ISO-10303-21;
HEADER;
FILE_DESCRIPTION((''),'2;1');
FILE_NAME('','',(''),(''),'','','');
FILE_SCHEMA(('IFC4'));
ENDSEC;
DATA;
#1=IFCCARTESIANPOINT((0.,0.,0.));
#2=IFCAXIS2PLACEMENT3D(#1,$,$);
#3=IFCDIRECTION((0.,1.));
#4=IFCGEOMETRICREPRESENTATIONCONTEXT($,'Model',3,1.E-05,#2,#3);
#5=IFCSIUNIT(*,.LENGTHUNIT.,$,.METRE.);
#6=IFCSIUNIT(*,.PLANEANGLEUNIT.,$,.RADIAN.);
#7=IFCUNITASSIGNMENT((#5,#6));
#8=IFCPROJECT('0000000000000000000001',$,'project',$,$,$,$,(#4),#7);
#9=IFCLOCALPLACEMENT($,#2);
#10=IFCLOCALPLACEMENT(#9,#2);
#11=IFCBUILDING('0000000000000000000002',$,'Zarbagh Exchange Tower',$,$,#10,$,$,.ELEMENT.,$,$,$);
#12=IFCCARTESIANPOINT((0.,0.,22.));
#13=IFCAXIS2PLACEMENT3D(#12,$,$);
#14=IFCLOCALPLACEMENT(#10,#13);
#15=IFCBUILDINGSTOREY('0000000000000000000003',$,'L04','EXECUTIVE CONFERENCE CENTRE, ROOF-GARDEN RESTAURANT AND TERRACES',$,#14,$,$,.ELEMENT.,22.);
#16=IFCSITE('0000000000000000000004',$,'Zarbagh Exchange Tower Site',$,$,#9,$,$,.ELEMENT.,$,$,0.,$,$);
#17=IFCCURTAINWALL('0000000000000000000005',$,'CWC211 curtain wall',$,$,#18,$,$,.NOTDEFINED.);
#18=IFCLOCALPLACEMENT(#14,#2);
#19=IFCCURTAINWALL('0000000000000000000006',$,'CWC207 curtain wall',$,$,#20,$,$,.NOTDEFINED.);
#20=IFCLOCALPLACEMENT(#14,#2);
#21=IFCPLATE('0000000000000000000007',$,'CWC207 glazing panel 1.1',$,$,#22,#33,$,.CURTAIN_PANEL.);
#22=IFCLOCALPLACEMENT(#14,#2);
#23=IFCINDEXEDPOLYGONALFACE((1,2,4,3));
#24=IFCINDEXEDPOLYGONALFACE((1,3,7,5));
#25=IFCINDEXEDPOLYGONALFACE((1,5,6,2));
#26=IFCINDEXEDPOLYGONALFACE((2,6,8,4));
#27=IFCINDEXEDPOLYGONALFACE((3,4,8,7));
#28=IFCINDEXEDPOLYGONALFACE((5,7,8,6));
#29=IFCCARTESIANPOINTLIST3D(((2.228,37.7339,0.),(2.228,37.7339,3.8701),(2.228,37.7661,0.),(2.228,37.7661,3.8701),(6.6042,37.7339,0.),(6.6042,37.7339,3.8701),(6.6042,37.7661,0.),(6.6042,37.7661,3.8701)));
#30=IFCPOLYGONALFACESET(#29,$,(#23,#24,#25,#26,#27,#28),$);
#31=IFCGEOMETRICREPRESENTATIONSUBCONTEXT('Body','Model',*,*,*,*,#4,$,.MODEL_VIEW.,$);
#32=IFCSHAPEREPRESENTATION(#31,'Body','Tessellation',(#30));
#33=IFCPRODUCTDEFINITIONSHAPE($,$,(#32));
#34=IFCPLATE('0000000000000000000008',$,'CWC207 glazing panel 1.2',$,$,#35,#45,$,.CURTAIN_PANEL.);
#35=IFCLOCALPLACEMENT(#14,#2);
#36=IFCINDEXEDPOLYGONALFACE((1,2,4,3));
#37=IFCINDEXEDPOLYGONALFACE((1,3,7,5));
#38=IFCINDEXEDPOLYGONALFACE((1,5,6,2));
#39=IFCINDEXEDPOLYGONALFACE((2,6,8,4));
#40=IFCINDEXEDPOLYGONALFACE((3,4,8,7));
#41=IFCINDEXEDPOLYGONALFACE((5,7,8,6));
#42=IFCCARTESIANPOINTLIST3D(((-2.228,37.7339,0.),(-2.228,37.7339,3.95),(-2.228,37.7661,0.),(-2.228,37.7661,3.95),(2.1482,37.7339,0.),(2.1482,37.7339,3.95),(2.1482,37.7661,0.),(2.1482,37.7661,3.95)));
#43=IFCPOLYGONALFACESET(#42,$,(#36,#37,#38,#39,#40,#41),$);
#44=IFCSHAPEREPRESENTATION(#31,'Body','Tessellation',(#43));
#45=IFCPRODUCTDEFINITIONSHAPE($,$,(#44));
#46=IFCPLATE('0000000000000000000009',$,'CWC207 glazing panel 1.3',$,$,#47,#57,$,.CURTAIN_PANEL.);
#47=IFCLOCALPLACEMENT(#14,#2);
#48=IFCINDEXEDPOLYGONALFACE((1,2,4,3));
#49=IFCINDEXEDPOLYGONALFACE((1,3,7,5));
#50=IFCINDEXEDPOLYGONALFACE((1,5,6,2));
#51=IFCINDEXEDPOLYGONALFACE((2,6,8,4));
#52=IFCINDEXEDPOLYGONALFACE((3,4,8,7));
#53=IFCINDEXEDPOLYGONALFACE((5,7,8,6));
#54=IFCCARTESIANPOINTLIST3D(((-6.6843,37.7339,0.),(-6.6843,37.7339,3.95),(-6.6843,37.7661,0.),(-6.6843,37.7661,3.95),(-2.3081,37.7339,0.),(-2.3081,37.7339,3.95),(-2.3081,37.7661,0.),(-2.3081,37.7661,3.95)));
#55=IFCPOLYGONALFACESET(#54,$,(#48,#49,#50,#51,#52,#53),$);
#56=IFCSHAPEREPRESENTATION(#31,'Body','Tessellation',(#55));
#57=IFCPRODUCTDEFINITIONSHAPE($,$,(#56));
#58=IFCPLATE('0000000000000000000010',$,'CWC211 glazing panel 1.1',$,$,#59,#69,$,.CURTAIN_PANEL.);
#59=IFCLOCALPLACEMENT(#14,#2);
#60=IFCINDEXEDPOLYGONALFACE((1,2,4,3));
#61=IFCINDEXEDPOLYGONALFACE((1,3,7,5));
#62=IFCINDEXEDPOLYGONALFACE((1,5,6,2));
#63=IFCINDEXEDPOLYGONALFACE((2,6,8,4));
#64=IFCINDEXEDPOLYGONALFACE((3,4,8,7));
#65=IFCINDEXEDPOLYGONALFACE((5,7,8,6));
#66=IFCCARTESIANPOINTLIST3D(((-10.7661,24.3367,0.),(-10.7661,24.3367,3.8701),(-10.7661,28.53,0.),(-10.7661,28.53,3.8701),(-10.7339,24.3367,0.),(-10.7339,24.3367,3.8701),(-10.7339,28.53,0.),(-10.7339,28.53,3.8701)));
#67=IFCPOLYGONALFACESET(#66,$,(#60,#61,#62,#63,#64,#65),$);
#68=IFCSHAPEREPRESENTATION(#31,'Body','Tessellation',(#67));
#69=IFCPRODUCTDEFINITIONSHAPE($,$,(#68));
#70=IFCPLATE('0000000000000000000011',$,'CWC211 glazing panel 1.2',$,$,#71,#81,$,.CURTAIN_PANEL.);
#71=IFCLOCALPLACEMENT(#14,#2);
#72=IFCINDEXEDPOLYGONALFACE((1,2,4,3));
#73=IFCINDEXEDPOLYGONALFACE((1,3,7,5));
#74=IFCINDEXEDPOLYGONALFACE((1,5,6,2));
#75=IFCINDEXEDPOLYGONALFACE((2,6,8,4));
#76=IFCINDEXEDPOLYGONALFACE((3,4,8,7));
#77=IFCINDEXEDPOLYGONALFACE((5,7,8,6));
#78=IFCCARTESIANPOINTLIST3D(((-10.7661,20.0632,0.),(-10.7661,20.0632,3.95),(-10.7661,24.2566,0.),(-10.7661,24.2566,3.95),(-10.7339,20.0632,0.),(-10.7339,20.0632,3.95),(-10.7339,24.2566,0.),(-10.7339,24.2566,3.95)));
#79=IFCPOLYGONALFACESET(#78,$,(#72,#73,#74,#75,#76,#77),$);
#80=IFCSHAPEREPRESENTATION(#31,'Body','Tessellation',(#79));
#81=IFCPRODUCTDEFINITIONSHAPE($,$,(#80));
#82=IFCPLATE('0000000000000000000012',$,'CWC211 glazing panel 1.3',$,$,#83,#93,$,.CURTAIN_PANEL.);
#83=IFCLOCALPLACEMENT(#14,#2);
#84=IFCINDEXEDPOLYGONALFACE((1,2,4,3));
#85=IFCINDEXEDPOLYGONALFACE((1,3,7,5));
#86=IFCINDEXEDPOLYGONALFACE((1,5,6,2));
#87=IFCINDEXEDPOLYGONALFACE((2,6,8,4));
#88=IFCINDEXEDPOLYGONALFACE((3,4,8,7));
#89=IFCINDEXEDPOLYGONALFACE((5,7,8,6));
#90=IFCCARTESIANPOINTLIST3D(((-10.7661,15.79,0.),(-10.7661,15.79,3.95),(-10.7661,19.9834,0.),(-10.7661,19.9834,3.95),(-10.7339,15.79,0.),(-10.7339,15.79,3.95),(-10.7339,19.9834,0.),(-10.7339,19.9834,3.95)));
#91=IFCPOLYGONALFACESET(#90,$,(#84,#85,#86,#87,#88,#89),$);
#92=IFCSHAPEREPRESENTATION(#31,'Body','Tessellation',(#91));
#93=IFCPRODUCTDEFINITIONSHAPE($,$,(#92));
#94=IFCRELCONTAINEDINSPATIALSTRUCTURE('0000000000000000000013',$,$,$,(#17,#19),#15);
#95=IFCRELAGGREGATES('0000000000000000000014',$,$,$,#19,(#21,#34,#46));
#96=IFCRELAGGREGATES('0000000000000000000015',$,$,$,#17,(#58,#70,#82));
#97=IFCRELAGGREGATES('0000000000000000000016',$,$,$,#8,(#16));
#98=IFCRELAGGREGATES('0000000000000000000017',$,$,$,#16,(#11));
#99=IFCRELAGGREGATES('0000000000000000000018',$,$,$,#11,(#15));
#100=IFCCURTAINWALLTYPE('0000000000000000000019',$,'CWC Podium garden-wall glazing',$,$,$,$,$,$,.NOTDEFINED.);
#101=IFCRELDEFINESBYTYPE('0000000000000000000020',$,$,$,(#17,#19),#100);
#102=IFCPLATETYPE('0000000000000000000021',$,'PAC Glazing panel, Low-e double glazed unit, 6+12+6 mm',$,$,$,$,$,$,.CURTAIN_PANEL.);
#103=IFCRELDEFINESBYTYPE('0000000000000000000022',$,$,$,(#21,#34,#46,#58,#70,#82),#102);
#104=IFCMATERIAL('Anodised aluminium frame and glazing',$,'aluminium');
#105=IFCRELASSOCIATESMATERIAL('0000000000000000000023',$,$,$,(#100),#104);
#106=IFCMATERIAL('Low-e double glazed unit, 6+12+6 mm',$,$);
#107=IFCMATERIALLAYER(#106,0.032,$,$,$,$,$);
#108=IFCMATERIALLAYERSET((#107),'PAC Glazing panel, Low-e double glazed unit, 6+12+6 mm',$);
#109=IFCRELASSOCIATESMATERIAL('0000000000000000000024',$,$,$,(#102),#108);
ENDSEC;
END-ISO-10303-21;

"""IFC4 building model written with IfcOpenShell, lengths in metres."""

from ifc_helpers import new_model, si_unit, direction, frame, origin, place, context, subcontext, project, spatial, polyline, outline, extrude, source, transform, mapped, material, layer, layer_set, type_object, element, aggregate, save


model = new_model("IFC4")

# Units and contexts
model_context = context("Model", 3, precision=1e-05, world=origin(), true_north=direction((0.0, 1.0)))
body_context = subcontext(model_context, "Body", "Model", "MODEL_VIEW")
ifc_project = project(units=[si_unit("LENGTHUNIT", "METRE"), si_unit("PLANEANGLEUNIT", "RADIAN")], contexts=[model_context])

# Site, building, storey
site_placement = place(None, origin())
site = spatial("IfcSite", under=ifc_project, at=site_placement, Name="Zarbagh Exchange Tower Site", CompositionType="ELEMENT", RefElevation=0.0)
building_placement = place(site_placement, origin())
building = spatial("IfcBuilding", under=site, at=building_placement, Name="Zarbagh Exchange Tower", CompositionType="ELEMENT")
storey_placement = place(building_placement, frame((0.0, 0.0, 22.0)))
storey = spatial("IfcBuildingStorey", under=building, at=storey_placement, Name="L04", Description="EXECUTIVE CONFERENCE CENTRE, ROOF-GARDEN RESTAURANT AND TERRACES", CompositionType="ELEMENT", Elevation=22.0)

# Curtain wall
ifc_material_1 = material(Name="Anodised aluminium frame and glazing", Category="aluminium")
curtain_wall_type = type_object("IfcCurtainWallType", Name="CWC Podium garden-wall glazing", PredefinedType="NOTDEFINED", material=ifc_material_1)
placement = place(storey_placement, origin())
curtain_wall_1_placement = place(storey_placement, origin())
curtain_wall_1 = element("IfcCurtainWall", 1, at=curtain_wall_1_placement, inside=storey, type_object=curtain_wall_type, Name="CWC211 curtain wall", PredefinedType="NOTDEFINED")

# Curtain wall
curtain_wall_2_placement = place(storey_placement, origin())
curtain_wall_2 = element("IfcCurtainWall", 2, at=curtain_wall_2_placement, inside=storey, type_object=curtain_wall_type, Name="CWC207 curtain wall", PredefinedType="NOTDEFINED")

# Shared definitions
ifc_material_2 = material(Name="Low-e double glazed unit, 6+12+6 mm")
ifc_layer = layer(ifc_material_2, 0.032)
ifc_layer_set = layer_set([ifc_layer], Name="PAC Glazing panel, Low-e double glazed unit, 6+12+6 mm")
plate_type = type_object("IfcPlateType", Name="PAC Glazing panel, Low-e double glazed unit, 6+12+6 mm", PredefinedType="CURTAIN_PANEL", material=ifc_layer_set)

# Plates
shared_shape_1 = source(origin(), body_context, "Body", "SweptSolid", [
    extrude(outline(polyline([(0.0, -0.0161), (4.3762, -0.0161), (4.3762, 0.0161), (0.0, 0.0161), (0.0, -0.0161)])), origin(), (0.0, 0.0, 1.0), 3.8701),
])
plate_1 = element("IfcPlate", 3, at=placement, type_object=plate_type, Name="CWC207 glazing panel 1.1", PredefinedType="CURTAIN_PANEL", context=body_context, shape_type="MappedRepresentation", body=[
    mapped(shared_shape_1, transform((6.6042, 37.75, 0.0), x_axis=(-1.0, 0.0, 0.0), y_axis=(0.0, -1.0, 0.0), z_axis=(0.0, 0.0, 1.0))),
])
shared_shape_2 = source(origin(), body_context, "Body", "SweptSolid", [
    extrude(outline(polyline([(0.0, -0.0161), (4.3762, -0.0161), (4.3762, 0.0161), (0.0, 0.0161), (0.0, -0.0161)])), origin(), (0.0, 0.0, 1.0), 3.95),
])
plate_2 = element("IfcPlate", 4, at=placement, type_object=plate_type, Name="CWC207 glazing panel 1.2", PredefinedType="CURTAIN_PANEL", context=body_context, shape_type="MappedRepresentation", body=[
    mapped(shared_shape_2, transform((2.1482, 37.75, 0.0), x_axis=(-1.0, 0.0, 0.0), y_axis=(0.0, -1.0, 0.0), z_axis=(0.0, 0.0, 1.0))),
])
plate_3 = element("IfcPlate", 5, at=placement, type_object=plate_type, Name="CWC207 glazing panel 1.3", PredefinedType="CURTAIN_PANEL", context=body_context, shape_type="MappedRepresentation", body=[
    mapped(shared_shape_2, transform((-2.3081, 37.75, 0.0), x_axis=(-1.0, 0.0, 0.0), y_axis=(0.0, -1.0, 0.0), z_axis=(0.0, 0.0, 1.0))),
])
aggregate(curtain_wall_2, [plate_1, plate_2, plate_3])
shared_shape_3 = source(origin(), body_context, "Body", "SweptSolid", [
    extrude(outline(polyline([(0.0, -0.0161), (4.1934, -0.0161), (4.1934, 0.0161), (0.0, 0.0161), (0.0, -0.0161)])), origin(), (0.0, 0.0, 1.0), 3.8701),
])
plate_4 = element("IfcPlate", 6, at=placement, type_object=plate_type, Name="CWC211 glazing panel 1.1", PredefinedType="CURTAIN_PANEL", context=body_context, shape_type="MappedRepresentation", body=[
    mapped(shared_shape_3, transform((-10.75, 28.53, 0.0), x_axis=(0.0, -1.0, 0.0), y_axis=(1.0, 0.0, 0.0), z_axis=(0.0, 0.0, 1.0))),
])
shared_shape_4 = source(origin(), body_context, "Body", "SweptSolid", [
    extrude(outline(polyline([(0.0, -0.0161), (4.1934, -0.0161), (4.1934, 0.0161), (0.0, 0.0161), (0.0, -0.0161)])), origin(), (0.0, 0.0, 1.0), 3.95),
])
plate_5 = element("IfcPlate", 7, at=placement, type_object=plate_type, Name="CWC211 glazing panel 1.2", PredefinedType="CURTAIN_PANEL", context=body_context, shape_type="MappedRepresentation", body=[
    mapped(shared_shape_4, transform((-10.75, 24.2566, 0.0), x_axis=(0.0, -1.0, 0.0), y_axis=(1.0, 0.0, 0.0), z_axis=(0.0, 0.0, 1.0))),
])
plate_6 = element("IfcPlate", 8, at=placement, type_object=plate_type, Name="CWC211 glazing panel 1.3", PredefinedType="CURTAIN_PANEL", context=body_context, shape_type="MappedRepresentation", body=[
    mapped(shared_shape_4, transform((-10.75, 19.9834, 0.0), x_axis=(0.0, -1.0, 0.0), y_axis=(1.0, 0.0, 0.0), z_axis=(0.0, 0.0, 1.0))),
])
aggregate(curtain_wall_1, [plate_4, plate_5, plate_6])

save(model, "model.ifc")
